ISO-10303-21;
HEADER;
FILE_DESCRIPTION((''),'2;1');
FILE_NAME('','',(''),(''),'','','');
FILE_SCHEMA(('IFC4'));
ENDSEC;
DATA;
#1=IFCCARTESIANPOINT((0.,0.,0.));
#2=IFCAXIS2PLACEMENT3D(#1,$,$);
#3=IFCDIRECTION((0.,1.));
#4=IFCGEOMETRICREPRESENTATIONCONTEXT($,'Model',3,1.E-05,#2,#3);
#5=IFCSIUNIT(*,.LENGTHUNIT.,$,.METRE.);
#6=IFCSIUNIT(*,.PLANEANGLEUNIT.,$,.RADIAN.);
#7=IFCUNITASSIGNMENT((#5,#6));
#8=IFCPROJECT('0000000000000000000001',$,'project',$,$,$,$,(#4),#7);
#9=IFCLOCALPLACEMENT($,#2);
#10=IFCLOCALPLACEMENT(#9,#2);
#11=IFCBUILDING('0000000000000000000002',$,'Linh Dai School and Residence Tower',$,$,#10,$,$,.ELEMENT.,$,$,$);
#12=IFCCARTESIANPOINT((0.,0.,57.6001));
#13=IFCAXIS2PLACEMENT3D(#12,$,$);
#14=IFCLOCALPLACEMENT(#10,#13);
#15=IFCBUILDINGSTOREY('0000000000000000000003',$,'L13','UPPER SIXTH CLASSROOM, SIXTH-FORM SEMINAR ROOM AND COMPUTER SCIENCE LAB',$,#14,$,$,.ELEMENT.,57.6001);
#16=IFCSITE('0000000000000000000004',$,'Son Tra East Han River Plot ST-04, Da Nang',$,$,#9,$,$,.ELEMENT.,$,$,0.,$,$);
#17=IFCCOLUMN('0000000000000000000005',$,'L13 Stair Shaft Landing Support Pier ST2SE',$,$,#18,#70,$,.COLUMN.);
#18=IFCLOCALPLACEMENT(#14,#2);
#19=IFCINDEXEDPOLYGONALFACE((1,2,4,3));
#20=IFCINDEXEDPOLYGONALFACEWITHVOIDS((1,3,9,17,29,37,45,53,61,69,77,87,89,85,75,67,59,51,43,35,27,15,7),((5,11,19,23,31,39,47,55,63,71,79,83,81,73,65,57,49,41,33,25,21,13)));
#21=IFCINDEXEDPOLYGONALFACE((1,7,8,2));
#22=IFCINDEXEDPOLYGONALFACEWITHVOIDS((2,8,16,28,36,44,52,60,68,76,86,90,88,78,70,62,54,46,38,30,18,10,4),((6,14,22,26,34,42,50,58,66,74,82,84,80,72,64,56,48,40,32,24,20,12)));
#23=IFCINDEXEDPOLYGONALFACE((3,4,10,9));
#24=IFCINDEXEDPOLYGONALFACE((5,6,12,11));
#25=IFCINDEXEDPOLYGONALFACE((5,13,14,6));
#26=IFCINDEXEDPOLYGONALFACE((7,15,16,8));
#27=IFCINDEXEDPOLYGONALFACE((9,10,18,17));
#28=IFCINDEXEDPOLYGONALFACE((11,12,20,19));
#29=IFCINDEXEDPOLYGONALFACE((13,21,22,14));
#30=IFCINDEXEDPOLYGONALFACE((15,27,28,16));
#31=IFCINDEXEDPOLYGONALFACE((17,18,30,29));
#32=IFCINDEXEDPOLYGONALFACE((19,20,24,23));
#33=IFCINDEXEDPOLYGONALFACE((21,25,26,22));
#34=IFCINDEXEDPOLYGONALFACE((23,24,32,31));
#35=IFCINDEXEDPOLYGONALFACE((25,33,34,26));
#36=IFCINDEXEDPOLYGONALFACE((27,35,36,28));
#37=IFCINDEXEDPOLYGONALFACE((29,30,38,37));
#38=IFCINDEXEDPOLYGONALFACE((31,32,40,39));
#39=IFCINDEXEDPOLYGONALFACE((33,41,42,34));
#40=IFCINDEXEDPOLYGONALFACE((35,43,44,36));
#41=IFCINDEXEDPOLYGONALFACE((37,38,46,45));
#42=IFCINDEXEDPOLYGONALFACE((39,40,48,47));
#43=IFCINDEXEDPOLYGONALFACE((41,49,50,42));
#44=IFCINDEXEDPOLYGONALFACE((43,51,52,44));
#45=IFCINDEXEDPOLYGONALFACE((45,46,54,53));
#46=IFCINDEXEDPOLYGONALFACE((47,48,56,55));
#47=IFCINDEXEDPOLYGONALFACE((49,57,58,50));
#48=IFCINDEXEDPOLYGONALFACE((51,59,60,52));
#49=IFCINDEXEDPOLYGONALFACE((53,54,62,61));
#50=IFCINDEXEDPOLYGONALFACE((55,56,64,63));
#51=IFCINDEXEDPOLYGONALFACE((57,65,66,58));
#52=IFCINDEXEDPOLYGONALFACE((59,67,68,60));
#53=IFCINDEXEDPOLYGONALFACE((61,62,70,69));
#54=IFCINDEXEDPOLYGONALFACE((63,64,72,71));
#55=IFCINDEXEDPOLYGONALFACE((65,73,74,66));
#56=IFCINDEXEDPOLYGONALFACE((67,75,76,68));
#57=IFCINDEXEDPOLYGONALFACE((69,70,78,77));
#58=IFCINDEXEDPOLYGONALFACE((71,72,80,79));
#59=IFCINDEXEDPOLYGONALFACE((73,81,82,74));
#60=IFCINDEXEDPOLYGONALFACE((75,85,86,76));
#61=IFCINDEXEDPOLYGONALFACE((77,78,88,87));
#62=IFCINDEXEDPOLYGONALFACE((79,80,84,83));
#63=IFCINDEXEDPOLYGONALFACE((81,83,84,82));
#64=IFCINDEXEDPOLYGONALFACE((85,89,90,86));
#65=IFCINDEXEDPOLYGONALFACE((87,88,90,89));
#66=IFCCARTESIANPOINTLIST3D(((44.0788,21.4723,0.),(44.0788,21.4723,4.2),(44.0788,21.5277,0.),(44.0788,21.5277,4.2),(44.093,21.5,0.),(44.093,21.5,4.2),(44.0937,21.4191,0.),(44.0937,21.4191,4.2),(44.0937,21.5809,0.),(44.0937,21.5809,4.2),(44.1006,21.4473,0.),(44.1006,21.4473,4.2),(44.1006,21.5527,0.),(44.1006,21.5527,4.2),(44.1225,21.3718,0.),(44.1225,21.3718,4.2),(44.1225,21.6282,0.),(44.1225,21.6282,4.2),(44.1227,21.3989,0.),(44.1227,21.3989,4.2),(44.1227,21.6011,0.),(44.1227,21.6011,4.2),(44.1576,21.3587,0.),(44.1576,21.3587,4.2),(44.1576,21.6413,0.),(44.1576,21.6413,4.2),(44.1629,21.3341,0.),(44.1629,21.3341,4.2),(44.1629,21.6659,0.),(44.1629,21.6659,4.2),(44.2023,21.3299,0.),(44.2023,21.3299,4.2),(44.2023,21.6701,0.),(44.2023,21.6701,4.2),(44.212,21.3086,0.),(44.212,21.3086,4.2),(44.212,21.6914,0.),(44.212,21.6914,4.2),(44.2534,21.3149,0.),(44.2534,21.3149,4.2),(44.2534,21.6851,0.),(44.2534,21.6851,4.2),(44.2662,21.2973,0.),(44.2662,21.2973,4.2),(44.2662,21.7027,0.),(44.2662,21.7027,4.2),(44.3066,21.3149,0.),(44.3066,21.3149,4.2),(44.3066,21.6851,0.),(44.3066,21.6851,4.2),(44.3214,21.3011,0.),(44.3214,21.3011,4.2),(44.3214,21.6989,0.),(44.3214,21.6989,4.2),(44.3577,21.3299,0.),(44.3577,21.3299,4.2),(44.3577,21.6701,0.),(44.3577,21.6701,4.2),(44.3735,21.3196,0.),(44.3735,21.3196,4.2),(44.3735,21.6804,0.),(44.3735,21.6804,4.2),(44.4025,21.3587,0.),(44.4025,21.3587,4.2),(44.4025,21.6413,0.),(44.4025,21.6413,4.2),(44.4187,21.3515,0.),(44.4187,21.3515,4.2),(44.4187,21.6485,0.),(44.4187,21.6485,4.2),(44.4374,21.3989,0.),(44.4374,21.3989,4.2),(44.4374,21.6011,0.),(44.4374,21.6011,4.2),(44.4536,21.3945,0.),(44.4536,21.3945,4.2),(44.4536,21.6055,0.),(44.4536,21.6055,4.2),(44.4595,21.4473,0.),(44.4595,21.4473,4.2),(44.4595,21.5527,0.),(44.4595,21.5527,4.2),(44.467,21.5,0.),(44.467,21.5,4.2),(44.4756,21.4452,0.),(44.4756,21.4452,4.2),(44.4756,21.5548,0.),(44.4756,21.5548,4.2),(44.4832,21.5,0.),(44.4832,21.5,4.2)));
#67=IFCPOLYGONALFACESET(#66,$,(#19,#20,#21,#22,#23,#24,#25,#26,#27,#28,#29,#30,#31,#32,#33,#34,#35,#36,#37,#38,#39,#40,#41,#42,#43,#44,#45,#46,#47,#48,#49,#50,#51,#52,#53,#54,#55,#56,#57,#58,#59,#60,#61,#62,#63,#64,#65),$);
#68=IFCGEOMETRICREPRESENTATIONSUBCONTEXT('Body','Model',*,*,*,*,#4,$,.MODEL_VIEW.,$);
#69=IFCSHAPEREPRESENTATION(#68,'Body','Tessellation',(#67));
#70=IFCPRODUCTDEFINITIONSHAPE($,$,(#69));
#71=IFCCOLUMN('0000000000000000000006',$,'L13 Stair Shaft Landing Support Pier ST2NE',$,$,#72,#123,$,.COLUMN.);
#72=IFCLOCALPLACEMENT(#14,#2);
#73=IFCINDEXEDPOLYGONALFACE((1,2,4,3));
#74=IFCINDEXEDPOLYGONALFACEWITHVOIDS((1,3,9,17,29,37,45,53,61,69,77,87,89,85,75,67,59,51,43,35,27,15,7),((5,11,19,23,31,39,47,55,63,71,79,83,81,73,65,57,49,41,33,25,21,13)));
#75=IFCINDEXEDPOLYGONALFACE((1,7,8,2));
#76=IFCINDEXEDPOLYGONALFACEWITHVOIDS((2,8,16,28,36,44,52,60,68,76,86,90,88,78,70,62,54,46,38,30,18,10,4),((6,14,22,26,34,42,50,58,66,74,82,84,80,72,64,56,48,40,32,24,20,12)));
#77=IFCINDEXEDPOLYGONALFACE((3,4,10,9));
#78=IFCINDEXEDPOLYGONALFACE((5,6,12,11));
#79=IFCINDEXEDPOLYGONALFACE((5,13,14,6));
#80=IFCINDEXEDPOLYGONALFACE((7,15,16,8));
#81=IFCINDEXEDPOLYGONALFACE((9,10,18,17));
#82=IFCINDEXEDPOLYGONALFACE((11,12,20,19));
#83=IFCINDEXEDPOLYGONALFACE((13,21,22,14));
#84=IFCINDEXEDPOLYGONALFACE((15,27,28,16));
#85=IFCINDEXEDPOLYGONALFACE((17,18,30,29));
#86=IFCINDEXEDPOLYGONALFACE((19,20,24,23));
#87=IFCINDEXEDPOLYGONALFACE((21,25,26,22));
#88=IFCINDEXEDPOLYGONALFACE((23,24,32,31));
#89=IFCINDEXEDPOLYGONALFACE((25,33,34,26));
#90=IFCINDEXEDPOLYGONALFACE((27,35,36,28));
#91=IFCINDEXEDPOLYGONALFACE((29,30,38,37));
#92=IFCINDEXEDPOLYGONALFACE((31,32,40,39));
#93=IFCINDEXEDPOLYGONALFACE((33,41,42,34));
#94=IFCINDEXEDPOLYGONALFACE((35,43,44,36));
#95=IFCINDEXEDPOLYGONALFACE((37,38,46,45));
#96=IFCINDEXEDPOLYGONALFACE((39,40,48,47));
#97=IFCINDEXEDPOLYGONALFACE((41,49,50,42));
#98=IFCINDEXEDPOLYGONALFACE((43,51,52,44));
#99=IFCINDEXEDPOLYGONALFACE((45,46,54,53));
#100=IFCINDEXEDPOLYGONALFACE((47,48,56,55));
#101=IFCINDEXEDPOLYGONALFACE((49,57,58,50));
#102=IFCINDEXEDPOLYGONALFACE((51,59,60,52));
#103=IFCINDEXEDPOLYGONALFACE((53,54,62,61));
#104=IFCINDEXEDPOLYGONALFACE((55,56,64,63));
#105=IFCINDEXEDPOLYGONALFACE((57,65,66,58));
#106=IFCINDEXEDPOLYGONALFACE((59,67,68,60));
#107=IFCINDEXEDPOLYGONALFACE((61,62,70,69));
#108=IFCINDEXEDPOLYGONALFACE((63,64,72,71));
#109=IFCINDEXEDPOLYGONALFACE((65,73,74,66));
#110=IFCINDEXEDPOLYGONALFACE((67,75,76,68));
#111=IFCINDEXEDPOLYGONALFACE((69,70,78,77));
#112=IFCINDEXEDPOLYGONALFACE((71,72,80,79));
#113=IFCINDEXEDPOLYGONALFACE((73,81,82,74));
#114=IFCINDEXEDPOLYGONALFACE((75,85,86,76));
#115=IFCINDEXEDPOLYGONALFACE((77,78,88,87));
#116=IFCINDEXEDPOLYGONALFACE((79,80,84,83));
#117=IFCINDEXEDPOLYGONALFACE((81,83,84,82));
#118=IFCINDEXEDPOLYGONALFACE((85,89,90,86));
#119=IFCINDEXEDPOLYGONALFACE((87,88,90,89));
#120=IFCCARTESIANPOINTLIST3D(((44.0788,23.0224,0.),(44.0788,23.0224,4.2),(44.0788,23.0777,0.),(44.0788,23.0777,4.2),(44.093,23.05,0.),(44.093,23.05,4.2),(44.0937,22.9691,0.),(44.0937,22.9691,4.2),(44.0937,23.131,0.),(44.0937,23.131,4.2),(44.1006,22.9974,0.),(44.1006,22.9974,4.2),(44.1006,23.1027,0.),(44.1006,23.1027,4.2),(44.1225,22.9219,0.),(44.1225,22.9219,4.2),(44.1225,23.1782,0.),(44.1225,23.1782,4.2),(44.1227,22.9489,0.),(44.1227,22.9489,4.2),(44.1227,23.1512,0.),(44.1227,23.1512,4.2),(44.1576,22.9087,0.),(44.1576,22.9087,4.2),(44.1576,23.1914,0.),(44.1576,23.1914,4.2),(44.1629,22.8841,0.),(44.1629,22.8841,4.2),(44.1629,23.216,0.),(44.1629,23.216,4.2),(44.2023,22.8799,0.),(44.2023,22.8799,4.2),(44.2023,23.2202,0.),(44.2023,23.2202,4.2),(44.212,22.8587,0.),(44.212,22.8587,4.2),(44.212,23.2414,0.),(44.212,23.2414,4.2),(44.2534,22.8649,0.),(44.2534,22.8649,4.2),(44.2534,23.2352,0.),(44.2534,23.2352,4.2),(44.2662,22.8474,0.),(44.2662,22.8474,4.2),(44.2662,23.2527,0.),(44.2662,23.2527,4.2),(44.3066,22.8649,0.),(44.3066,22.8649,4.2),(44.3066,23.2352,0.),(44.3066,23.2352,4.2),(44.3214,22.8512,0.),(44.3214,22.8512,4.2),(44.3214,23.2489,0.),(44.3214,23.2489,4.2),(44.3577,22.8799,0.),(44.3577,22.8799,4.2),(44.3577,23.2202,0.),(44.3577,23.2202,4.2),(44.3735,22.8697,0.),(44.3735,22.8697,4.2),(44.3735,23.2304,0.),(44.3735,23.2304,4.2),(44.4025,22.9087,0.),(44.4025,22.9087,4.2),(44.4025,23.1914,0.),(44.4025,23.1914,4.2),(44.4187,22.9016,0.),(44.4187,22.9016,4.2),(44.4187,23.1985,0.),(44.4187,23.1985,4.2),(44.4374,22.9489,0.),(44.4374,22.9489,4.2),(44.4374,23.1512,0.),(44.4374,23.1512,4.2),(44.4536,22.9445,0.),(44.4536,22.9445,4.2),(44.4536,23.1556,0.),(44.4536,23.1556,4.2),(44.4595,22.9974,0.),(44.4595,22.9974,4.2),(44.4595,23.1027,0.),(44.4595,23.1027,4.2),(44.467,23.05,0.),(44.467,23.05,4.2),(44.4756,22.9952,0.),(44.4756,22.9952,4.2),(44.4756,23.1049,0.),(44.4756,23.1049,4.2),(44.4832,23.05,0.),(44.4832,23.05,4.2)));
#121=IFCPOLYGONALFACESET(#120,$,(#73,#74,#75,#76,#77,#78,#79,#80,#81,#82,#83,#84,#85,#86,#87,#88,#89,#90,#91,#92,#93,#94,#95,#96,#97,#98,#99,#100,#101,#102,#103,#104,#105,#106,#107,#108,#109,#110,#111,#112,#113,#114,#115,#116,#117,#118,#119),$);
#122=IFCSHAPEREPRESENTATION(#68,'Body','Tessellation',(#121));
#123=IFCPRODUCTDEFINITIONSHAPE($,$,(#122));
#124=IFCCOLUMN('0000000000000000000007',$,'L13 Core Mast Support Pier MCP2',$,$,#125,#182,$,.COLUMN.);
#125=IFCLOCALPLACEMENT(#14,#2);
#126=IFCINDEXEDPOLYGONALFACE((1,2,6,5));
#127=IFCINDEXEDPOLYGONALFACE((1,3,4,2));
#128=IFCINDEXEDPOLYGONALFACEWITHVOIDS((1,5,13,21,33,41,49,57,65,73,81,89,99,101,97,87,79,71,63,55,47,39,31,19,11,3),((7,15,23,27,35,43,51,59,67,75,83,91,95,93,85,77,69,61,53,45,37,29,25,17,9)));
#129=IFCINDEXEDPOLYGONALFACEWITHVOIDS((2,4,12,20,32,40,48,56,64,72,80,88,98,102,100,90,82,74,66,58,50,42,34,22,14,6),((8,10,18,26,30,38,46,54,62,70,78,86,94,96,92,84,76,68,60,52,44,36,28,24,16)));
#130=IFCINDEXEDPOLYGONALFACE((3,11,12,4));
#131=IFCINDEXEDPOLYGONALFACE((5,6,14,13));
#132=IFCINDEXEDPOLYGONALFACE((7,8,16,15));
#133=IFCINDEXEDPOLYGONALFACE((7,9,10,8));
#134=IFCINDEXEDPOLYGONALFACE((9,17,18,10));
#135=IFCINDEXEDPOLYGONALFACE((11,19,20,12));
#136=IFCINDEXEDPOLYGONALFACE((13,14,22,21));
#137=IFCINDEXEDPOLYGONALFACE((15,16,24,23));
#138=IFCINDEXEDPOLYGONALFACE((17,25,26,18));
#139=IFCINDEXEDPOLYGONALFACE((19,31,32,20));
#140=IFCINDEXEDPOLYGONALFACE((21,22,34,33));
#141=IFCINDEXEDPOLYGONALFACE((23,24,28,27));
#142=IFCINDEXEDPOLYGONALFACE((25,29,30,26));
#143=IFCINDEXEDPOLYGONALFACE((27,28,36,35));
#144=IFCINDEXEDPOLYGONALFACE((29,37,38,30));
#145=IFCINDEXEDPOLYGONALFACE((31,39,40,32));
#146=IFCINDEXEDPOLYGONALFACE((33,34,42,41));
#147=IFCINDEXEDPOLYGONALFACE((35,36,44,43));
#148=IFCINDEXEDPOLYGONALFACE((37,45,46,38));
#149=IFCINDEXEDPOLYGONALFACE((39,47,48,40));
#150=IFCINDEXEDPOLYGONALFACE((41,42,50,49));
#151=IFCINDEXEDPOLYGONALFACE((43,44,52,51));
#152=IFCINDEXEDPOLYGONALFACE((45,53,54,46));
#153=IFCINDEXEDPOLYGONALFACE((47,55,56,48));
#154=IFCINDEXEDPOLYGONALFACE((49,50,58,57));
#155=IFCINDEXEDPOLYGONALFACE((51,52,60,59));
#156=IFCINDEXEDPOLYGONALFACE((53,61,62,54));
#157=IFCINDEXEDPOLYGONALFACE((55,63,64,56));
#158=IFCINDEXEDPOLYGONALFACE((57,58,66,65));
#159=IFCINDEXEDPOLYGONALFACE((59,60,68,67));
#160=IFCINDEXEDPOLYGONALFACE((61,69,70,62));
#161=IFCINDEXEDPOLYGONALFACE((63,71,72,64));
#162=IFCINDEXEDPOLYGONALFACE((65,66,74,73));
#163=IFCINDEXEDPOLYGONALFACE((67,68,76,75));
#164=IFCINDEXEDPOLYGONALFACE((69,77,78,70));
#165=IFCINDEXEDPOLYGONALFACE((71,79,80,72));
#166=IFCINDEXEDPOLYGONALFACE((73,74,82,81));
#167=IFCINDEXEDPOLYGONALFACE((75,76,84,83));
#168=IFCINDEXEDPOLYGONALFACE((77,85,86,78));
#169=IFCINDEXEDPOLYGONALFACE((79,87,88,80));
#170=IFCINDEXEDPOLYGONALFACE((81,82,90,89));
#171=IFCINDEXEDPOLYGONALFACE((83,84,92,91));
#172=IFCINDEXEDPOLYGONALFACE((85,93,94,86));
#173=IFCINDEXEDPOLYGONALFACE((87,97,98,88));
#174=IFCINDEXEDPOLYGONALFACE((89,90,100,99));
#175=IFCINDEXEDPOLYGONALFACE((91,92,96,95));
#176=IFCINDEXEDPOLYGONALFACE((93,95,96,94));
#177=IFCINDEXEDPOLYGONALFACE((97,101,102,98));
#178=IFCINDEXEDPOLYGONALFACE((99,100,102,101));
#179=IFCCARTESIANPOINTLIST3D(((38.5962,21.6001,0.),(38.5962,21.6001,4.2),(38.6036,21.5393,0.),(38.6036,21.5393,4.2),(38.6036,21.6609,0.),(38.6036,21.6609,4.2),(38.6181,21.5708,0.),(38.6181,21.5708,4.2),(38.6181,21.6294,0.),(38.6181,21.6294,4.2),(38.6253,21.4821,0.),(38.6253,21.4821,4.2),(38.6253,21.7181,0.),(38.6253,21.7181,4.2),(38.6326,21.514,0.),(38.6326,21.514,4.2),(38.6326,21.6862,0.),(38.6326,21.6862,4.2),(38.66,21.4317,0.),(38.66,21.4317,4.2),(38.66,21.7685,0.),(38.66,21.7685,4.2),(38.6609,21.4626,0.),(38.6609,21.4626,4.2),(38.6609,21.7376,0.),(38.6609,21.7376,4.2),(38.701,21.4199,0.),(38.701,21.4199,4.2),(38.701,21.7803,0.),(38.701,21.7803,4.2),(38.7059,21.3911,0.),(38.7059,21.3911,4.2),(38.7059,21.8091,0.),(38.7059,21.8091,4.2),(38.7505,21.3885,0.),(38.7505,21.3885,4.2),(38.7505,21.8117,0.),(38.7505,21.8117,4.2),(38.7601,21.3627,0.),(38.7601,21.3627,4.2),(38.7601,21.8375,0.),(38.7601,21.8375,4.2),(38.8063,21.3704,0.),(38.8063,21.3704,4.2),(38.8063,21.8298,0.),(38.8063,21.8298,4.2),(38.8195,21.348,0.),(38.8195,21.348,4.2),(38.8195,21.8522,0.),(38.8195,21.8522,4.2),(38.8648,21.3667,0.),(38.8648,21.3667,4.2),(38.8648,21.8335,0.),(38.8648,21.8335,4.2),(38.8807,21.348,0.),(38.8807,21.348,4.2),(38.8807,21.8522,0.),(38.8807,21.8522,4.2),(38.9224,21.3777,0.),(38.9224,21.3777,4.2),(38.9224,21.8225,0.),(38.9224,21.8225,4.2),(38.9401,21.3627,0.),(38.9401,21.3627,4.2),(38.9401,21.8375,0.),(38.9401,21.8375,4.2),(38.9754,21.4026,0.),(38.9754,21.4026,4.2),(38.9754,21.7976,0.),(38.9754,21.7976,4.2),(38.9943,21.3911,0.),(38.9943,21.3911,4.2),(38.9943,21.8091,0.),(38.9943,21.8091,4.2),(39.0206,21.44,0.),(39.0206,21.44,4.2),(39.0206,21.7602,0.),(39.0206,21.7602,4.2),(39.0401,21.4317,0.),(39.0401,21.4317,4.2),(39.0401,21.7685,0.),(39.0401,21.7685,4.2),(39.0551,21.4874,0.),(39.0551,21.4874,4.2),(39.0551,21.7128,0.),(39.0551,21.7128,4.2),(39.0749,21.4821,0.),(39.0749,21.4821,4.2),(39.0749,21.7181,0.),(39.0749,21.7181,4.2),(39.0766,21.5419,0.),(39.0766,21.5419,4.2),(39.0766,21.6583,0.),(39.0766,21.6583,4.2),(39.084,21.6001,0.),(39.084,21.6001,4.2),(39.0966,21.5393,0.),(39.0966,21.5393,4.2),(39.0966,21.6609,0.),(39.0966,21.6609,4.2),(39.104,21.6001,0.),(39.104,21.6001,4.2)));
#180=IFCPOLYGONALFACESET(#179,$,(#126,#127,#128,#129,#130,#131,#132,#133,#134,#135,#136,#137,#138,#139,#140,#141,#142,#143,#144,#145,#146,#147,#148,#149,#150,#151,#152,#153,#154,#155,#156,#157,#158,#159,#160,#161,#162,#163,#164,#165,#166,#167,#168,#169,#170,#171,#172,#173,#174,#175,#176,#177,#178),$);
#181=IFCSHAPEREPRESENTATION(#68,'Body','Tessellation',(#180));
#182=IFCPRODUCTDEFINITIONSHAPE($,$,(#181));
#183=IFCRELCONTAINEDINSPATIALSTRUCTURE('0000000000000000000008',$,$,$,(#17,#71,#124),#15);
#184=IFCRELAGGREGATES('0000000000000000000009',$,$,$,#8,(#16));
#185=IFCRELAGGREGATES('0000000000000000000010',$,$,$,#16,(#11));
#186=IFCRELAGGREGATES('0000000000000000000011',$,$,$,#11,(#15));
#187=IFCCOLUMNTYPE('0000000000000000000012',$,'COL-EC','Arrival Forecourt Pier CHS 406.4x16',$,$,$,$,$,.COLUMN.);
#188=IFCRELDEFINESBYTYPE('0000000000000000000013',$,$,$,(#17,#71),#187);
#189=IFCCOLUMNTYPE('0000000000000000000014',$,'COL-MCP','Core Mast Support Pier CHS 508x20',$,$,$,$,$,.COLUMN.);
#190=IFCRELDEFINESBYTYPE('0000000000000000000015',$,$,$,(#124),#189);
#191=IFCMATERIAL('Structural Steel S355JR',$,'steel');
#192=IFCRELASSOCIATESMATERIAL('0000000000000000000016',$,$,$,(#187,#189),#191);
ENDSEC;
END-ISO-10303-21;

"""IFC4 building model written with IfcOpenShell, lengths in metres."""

from ifc_helpers import new_model, si_unit, direction, frame, origin, origin_2d, place, context, subcontext, project, spatial, hollow_circle, extrude, material, material_profile, profile_set, type_object, element, save


model = new_model("IFC4")

# Units and contexts
model_context = context("Model", 3, precision=1e-05, world=origin(), true_north=direction((0.0, 1.0)))
body_context = subcontext(model_context, "Body", "Model", "MODEL_VIEW")
ifc_project = project(units=[si_unit("LENGTHUNIT", "METRE"), si_unit("PLANEANGLEUNIT", "RADIAN")], contexts=[model_context])

# Site, building, storey
site_placement = place(None, origin())
site = spatial("IfcSite", under=ifc_project, at=site_placement, Name="Son Tra East Han River Plot ST-04, Da Nang", CompositionType="ELEMENT", RefElevation=0.0)
building_placement = place(site_placement, origin())
building = spatial("IfcBuilding", under=site, at=building_placement, Name="Linh Dai School and Residence Tower", CompositionType="ELEMENT")
storey_placement = place(building_placement, frame((0.0, 0.0, 57.6001)))
storey = spatial("IfcBuildingStorey", under=building, at=storey_placement, Name="L13", Description="UPPER SIXTH CLASSROOM, SIXTH-FORM SEMINAR ROOM AND COMPUTER SCIENCE LAB", CompositionType="ELEMENT", Elevation=57.6001)

# Columns
ifc_material_1 = material(Name="Structural Steel S355JR", Category="steel")
ifc_material_profile_1 = material_profile(ifc_material_1, hollow_circle(Radius=0.2031, WallThickness=0.0161, at=origin_2d()), Name="CHS 406.4x16")
ifc_profile_set_1 = profile_set([ifc_material_profile_1], Name="Structural Steel S355JR")
column_type_1 = type_object("IfcColumnType", Name="COL-EC", Description="Arrival Forecourt Pier CHS 406.4x16", PredefinedType="COLUMN", material=ifc_profile_set_1)
for number, where, z_axis, x_axis, name in (
    (1, (44.28, 21.5, 0.0), (0.0, 0.0, 1.0), (1.0, 0.0, 0.0), "L13 Stair Shaft Landing Support Pier ST2SE"),
    (2, (44.28, 23.05, 0.0), (0.0, 0.0, 1.0), (1.0, 0.0, 0.0), "L13 Stair Shaft Landing Support Pier ST2NE"),
):
    element("IfcColumn", number, at=place(storey_placement, frame(where, z_axis=z_axis, x_axis=x_axis)), inside=storey, type_object=column_type_1, Name=name, PredefinedType="COLUMN", context=body_context, shape_type="SweptSolid", body=[
        extrude(hollow_circle(Radius=0.2031, WallThickness=0.0161, at=origin_2d()), origin(), (0.0, 0.0, 1.0), 4.2),
    ])
ifc_material_profile_2 = material_profile(ifc_material_1, hollow_circle(Radius=0.2539, WallThickness=0.02, at=origin_2d()), Name="CHS 508x20")
ifc_profile_set_2 = profile_set([ifc_material_profile_2], Name="Structural Steel S355JR")
column_type_2 = type_object("IfcColumnType", Name="COL-MCP", Description="Core Mast Support Pier CHS 508x20", PredefinedType="COLUMN", material=ifc_profile_set_2)
for number, where, z_axis, x_axis, name in (
    (3, (38.8501, 21.6001, 0.0), (0.0, 0.0, 1.0), (1.0, 0.0, 0.0), "L13 Core Mast Support Pier MCP2"),
):
    element("IfcColumn", number, at=place(storey_placement, frame(where, z_axis=z_axis, x_axis=x_axis)), inside=storey, type_object=column_type_2, Name=name, PredefinedType="COLUMN", context=body_context, shape_type="SweptSolid", body=[
        extrude(hollow_circle(Radius=0.2539, WallThickness=0.02, at=origin_2d()), origin(), (0.0, 0.0, 1.0), 4.2),
    ])

save(model, "model.ifc")
